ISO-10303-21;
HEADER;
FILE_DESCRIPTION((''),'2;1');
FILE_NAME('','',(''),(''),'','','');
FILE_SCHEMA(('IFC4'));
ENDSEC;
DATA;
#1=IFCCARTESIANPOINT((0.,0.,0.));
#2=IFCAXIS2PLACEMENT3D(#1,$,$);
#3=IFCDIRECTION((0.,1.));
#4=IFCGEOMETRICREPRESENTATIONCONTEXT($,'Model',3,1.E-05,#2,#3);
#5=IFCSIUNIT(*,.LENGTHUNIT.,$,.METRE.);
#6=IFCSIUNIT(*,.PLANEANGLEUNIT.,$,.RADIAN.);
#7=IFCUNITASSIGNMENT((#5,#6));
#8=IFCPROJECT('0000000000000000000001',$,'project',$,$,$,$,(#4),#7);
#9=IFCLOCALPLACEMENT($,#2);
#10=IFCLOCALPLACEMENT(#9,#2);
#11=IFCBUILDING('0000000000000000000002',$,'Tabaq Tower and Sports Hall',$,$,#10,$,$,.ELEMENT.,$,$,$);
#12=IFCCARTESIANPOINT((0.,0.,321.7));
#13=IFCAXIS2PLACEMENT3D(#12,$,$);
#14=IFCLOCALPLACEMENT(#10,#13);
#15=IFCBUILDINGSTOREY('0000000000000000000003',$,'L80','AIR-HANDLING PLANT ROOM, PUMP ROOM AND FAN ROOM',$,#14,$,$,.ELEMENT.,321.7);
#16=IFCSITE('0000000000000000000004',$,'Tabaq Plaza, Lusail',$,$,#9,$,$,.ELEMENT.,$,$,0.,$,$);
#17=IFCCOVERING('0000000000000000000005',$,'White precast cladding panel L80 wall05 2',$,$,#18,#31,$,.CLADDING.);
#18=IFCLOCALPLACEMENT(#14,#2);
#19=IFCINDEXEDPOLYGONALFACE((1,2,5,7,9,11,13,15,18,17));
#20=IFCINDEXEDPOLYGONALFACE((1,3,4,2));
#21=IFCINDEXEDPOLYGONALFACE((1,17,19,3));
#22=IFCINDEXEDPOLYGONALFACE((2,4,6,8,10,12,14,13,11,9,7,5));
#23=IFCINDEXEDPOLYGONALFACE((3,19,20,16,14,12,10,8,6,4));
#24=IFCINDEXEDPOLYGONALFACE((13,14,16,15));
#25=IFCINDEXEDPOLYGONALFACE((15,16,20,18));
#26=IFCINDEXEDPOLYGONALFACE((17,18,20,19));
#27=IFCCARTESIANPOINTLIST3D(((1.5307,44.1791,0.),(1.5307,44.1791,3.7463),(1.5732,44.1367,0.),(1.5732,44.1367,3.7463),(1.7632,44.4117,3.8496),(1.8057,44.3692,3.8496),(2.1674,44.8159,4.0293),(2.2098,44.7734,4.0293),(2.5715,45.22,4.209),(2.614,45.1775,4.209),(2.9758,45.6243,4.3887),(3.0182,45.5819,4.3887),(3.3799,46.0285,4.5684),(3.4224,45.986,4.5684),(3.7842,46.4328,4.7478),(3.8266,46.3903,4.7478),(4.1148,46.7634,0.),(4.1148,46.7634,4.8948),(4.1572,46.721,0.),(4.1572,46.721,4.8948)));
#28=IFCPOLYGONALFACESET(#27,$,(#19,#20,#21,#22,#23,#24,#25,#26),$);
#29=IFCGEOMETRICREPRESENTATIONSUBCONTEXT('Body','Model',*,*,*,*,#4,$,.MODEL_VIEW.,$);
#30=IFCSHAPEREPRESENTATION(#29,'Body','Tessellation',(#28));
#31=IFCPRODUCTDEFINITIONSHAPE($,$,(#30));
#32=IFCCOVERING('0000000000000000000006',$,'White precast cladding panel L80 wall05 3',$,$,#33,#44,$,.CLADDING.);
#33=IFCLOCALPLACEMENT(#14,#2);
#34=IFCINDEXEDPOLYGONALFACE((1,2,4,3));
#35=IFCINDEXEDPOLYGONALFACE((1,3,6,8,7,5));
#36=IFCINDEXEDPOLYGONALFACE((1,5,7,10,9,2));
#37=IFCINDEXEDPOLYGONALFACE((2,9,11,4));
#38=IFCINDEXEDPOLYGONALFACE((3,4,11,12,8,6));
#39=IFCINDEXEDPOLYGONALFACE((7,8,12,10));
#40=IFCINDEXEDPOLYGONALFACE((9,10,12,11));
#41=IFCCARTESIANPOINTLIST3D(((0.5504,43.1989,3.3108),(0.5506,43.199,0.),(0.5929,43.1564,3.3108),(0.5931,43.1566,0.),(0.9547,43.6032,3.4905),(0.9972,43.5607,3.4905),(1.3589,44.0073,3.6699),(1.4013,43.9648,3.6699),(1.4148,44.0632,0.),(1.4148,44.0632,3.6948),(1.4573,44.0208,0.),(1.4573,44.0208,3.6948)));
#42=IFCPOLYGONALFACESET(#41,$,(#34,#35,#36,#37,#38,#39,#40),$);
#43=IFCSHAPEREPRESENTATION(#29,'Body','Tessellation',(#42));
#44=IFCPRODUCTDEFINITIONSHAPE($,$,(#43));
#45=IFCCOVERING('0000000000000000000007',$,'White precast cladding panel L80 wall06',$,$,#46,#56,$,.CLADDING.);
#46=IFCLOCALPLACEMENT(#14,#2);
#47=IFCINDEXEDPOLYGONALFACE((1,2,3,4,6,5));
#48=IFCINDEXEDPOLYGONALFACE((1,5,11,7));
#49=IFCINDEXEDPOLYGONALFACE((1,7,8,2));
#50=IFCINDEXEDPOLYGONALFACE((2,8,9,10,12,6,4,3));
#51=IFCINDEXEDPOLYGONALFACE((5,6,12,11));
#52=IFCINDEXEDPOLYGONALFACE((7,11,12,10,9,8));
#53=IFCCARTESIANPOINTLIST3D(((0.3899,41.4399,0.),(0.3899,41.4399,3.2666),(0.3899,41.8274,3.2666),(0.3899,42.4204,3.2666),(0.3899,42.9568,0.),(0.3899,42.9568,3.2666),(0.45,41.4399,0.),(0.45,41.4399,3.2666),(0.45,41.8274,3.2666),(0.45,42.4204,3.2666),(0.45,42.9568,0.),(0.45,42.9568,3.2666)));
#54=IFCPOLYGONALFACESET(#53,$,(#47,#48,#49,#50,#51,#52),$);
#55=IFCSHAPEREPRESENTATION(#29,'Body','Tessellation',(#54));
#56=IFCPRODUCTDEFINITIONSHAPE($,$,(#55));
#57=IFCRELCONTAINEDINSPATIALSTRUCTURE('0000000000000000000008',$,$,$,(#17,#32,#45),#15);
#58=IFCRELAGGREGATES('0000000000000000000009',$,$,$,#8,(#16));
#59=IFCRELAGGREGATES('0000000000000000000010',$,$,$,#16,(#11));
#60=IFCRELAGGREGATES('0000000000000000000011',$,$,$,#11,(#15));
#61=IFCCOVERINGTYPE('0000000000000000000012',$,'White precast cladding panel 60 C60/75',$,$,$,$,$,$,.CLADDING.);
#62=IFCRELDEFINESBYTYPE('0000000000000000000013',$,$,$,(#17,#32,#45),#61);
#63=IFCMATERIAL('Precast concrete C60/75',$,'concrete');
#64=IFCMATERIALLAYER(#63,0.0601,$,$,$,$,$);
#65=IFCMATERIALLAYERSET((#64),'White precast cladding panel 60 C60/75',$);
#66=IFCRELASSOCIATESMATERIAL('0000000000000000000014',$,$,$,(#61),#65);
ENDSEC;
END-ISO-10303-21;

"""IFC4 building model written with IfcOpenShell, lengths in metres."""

from ifc_helpers import new_model, si_unit, direction, frame, origin, place, context, subcontext, project, spatial, polyline, outline, extrude, material, layer, layer_set, type_object, element, save


model = new_model("IFC4")

# Units and contexts
model_context = context("Model", 3, precision=1e-05, world=origin(), true_north=direction((0.0, 1.0)))
body_context = subcontext(model_context, "Body", "Model", "MODEL_VIEW")
ifc_project = project(units=[si_unit("LENGTHUNIT", "METRE"), si_unit("PLANEANGLEUNIT", "RADIAN")], contexts=[model_context])

# Site, building, storey
site_placement = place(None, origin())
site = spatial("IfcSite", under=ifc_project, at=site_placement, Name="Tabaq Plaza, Lusail", CompositionType="ELEMENT", RefElevation=0.0)
building_placement = place(site_placement, origin())
building = spatial("IfcBuilding", under=site, at=building_placement, Name="Tabaq Tower and Sports Hall", CompositionType="ELEMENT")
storey_placement = place(building_placement, frame((0.0, 0.0, 321.7)))
storey = spatial("IfcBuildingStorey", under=building, at=storey_placement, Name="L80", Description="AIR-HANDLING PLANT ROOM, PUMP ROOM AND FAN ROOM", CompositionType="ELEMENT", Elevation=321.7)

# Coverings
ifc_material_1 = material(Name="Precast concrete C60/75", Category="concrete")
ifc_layer_1 = layer(ifc_material_1, 0.0601)
ifc_layer_set_1 = layer_set([ifc_layer_1], Name="White precast cladding panel 60 C60/75")
covering_type_1 = type_object("IfcCoveringType", Name="White precast cladding panel 60 C60/75", PredefinedType="CLADDING", material=ifc_layer_set_1)
covering_1_placement = place(storey_placement, frame((4.136, 46.7422, 0.0), z_axis=(0.0, 0.0, 1.0), x_axis=(-0.707073, -0.70714, 0.0)))
element("IfcCovering", 1, at=covering_1_placement, inside=storey, type_object=covering_type_1, Name="White precast cladding panel L80 wall05 2", PredefinedType="CLADDING", context=body_context, shape_type="SweptSolid", body=[
    extrude(outline(polyline([(0.0, 0.0), (3.6545, 0.0), (3.6545, 3.7463), (3.3257, 3.8496), (2.7542, 4.0293), (2.1826, 4.209), (1.6108, 4.3887), (1.0393, 4.5684), (0.4675, 4.7478), (0.0, 4.8948), (0.0, 0.0)])), frame((0.0, 0.03, 0.0), z_axis=(0.0, -1.0, 0.0), x_axis=(1.0, 0.0, 0.0)), (0.0, 0.0, 1.0), 0.0601),
])
covering_2_placement = place(storey_placement, frame((1.436, 44.042, 0.0), z_axis=(0.0, 0.0, 1.0), x_axis=(-0.707107, -0.707107, 0.0)))
element("IfcCovering", 2, at=covering_2_placement, inside=storey, type_object=covering_type_1, Name="White precast cladding panel L80 wall05 3", PredefinedType="CLADDING", context=body_context, shape_type="SweptSolid", body=[
    extrude(outline(polyline([(0.0, 0.0), (1.2222, 0.0), (1.2224, 3.3108), (0.6506, 3.4905), (0.0791, 3.6699), (0.0, 3.6948), (0.0, 0.0)])), frame((0.0, 0.03, 0.0), z_axis=(0.0, -1.0, 0.0), x_axis=(1.0, 0.0, 0.0)), (0.0, 0.0, 1.0), 0.0601),
])
covering_3_placement = place(storey_placement, frame((0.4199, 42.9568, 0.0), z_axis=(0.0, 0.0, 1.0), x_axis=(0.0, -1.0, 0.0)))
element("IfcCovering", 3, at=covering_3_placement, inside=storey, type_object=covering_type_1, Name="White precast cladding panel L80 wall06", PredefinedType="CLADDING", context=body_context, shape_type="SweptSolid", body=[
    extrude(outline(polyline([(0.0, 0.0), (1.5168, 0.0), (1.5168, 3.2666), (1.1294, 3.2666), (0.5364, 3.2666), (0.0, 3.2666), (0.0, 0.0)])), frame((0.0, 0.03, 0.0), z_axis=(0.0, -1.0, 0.0), x_axis=(1.0, 0.0, 0.0)), (0.0, 0.0, 1.0), 0.0601),
])

save(model, "model.ifc")
